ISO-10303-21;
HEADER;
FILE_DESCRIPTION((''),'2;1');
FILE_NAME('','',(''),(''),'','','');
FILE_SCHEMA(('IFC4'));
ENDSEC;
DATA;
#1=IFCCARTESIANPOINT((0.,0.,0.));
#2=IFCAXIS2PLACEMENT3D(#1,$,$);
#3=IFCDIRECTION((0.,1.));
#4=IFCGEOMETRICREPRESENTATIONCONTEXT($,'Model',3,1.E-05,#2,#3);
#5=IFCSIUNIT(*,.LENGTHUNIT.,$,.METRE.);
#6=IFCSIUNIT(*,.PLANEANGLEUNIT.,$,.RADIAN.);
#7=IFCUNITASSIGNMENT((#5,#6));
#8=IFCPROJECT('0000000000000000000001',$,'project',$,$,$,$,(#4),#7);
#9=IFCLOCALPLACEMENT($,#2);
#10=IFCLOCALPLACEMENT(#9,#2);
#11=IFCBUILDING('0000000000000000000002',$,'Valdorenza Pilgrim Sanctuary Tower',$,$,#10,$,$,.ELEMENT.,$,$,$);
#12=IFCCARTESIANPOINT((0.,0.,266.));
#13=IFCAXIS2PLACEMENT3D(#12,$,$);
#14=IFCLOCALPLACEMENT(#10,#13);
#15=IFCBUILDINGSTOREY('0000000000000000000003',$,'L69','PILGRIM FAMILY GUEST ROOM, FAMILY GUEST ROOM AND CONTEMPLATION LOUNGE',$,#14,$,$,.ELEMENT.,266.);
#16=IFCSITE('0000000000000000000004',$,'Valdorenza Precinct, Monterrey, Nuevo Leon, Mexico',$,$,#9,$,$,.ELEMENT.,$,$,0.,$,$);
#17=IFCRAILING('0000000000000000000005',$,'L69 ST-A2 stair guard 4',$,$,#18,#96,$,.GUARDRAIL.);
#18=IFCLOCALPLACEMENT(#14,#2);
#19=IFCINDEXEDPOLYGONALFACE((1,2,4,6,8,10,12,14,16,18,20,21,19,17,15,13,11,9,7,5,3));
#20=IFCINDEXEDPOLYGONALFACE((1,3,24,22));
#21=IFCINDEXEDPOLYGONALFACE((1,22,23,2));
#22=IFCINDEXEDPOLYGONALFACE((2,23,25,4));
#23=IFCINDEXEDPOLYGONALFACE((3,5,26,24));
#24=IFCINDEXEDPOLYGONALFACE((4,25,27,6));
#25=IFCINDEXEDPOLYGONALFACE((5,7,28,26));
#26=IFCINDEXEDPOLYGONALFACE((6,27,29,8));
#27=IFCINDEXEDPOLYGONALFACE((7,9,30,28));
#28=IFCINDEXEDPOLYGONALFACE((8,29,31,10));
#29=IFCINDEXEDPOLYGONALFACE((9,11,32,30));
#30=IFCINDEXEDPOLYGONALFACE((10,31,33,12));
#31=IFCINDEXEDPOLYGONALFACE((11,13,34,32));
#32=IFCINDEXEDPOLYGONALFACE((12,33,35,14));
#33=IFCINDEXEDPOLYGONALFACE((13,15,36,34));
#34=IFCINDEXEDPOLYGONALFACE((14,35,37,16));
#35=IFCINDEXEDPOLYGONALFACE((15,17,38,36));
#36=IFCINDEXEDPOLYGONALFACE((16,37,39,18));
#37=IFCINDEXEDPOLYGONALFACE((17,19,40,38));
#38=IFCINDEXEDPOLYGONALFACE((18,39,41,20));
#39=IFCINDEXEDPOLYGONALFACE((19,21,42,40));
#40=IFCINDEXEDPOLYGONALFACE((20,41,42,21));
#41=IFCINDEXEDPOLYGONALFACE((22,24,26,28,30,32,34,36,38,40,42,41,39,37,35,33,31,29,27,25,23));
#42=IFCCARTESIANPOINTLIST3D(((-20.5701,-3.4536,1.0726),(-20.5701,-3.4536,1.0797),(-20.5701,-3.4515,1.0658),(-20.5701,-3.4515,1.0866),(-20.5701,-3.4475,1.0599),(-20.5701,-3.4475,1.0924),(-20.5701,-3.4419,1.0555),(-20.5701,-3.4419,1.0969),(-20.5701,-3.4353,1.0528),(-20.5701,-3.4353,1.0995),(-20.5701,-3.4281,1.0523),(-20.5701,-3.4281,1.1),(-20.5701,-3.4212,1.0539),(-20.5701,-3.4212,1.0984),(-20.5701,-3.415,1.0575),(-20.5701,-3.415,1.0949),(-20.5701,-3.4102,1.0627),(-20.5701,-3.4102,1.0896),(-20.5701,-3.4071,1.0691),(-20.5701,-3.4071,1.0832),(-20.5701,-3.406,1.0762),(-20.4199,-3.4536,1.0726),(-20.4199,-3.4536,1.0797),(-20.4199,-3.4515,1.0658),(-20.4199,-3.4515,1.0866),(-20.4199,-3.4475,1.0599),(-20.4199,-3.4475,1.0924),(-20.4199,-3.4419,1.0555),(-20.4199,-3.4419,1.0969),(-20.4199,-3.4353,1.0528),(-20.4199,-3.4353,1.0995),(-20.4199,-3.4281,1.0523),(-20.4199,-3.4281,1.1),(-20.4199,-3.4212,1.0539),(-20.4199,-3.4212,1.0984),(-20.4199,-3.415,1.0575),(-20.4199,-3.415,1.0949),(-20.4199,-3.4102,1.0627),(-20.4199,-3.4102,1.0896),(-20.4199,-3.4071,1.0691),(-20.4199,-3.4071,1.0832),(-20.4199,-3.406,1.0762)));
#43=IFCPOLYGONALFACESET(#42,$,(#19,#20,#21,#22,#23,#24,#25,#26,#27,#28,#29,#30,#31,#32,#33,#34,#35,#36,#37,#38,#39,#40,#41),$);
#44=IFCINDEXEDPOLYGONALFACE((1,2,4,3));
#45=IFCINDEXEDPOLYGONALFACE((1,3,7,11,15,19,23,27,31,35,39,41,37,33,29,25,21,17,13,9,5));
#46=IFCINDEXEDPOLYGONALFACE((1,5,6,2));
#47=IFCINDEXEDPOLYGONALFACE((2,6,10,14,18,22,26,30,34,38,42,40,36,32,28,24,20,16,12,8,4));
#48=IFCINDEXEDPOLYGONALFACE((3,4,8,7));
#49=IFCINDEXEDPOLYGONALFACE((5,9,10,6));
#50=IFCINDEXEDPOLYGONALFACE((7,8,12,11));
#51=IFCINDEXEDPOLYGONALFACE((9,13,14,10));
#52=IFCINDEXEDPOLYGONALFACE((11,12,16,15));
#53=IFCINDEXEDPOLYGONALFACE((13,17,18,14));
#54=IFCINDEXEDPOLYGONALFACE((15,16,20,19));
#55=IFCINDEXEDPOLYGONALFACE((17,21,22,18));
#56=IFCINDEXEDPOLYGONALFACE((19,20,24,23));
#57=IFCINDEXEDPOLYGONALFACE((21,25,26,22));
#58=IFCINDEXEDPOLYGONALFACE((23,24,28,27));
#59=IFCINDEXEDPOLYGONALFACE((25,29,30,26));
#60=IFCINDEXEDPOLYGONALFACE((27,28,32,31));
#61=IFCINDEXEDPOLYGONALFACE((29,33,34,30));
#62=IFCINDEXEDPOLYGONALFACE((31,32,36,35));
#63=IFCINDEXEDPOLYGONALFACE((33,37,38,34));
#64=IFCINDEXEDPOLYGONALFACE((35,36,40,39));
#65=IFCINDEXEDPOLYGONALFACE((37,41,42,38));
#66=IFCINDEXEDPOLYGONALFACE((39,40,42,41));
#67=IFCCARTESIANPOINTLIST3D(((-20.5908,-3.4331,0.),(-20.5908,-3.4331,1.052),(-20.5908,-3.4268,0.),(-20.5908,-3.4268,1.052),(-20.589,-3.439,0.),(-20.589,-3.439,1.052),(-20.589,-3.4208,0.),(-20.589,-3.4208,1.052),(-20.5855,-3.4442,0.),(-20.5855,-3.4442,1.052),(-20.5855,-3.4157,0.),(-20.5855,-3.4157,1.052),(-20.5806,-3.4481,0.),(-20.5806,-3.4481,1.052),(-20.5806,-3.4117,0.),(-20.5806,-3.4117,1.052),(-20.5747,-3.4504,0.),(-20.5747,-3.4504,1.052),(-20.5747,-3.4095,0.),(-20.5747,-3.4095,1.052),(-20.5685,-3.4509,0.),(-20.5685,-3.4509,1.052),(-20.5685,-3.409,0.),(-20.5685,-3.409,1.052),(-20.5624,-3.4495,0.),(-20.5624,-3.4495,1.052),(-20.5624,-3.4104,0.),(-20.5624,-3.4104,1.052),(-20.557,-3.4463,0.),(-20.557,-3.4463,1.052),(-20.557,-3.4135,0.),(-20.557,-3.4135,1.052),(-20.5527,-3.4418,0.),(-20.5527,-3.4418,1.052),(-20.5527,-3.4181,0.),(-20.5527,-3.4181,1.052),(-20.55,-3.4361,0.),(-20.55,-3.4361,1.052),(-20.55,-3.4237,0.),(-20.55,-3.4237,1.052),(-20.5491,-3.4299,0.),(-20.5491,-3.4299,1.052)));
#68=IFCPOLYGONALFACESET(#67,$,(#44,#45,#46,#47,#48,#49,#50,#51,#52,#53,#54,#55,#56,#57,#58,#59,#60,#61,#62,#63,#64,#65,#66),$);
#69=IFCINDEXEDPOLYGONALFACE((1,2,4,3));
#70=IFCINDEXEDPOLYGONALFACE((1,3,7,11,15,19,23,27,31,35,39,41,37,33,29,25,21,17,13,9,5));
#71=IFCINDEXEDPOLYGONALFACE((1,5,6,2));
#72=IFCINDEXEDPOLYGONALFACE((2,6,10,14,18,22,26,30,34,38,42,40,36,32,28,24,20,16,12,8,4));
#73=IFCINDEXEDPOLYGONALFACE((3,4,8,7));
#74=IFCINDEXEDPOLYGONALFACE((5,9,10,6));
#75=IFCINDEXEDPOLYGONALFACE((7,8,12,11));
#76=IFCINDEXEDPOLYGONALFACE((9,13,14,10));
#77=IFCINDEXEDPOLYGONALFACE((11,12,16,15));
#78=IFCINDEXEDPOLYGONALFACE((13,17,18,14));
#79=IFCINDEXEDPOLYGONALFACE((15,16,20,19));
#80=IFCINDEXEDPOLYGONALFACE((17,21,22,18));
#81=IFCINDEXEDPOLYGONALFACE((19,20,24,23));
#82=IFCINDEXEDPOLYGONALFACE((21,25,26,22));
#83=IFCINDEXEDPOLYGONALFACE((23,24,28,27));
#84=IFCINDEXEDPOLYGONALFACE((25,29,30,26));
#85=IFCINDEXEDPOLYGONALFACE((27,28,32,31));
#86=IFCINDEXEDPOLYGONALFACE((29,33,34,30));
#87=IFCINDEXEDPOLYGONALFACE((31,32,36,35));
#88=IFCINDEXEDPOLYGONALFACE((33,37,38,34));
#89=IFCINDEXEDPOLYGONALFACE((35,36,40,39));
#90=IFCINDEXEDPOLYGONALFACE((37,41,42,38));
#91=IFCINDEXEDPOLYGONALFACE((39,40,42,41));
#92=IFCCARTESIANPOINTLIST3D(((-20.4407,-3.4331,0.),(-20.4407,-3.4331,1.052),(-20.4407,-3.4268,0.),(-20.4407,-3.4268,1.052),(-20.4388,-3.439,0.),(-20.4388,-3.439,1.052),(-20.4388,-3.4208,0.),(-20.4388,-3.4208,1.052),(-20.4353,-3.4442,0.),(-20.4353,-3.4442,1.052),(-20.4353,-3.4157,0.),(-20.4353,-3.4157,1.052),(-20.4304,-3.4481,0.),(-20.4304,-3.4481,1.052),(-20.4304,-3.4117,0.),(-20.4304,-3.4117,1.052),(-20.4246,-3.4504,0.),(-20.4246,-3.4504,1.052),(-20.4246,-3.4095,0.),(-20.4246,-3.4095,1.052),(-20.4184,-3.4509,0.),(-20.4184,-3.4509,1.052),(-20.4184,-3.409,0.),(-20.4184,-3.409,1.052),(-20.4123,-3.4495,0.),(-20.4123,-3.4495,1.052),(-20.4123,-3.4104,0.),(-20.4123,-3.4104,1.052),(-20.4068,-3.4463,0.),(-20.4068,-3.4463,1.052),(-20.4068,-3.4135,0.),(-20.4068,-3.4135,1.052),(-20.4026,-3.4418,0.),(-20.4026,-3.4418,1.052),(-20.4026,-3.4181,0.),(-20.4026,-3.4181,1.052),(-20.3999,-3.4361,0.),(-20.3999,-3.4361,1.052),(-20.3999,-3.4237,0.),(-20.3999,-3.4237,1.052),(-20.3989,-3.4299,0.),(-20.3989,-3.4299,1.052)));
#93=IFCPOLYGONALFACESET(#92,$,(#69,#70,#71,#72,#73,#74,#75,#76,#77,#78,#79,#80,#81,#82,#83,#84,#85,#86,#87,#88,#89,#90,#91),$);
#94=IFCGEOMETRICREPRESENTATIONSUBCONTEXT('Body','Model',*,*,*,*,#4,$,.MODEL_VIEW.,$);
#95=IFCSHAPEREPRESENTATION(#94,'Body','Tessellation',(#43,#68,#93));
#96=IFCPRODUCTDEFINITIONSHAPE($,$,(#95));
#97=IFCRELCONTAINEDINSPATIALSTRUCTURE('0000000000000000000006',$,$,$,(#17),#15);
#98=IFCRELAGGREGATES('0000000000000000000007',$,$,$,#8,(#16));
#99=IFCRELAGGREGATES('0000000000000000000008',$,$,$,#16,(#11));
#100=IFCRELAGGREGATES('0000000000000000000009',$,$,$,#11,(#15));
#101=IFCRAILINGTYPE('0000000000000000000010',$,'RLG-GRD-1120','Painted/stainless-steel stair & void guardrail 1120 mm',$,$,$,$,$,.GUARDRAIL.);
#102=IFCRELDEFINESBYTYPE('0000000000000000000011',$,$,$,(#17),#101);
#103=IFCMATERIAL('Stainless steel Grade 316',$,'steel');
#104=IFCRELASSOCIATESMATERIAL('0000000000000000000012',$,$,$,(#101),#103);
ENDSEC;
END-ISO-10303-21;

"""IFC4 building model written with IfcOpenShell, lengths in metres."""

from ifc_helpers import new_model, si_unit, direction, frame, origin, origin_2d, place, context, subcontext, project, spatial, circle, extrude, material, type_object, element, save


model = new_model("IFC4")

# Units and contexts
model_context = context("Model", 3, precision=1e-05, world=origin(), true_north=direction((0.0, 1.0)))
body_context = subcontext(model_context, "Body", "Model", "MODEL_VIEW")
ifc_project = project(units=[si_unit("LENGTHUNIT", "METRE"), si_unit("PLANEANGLEUNIT", "RADIAN")], contexts=[model_context])

# Site, building, storey
site_placement = place(None, origin())
site = spatial("IfcSite", under=ifc_project, at=site_placement, Name="Valdorenza Precinct, Monterrey, Nuevo Leon, Mexico", CompositionType="ELEMENT", RefElevation=0.0)
building_placement = place(site_placement, origin())
building = spatial("IfcBuilding", under=site, at=building_placement, Name="Valdorenza Pilgrim Sanctuary Tower", CompositionType="ELEMENT")
storey_placement = place(building_placement, frame((0.0, 0.0, 266.0)))
storey = spatial("IfcBuildingStorey", under=building, at=storey_placement, Name="L69", Description="PILGRIM FAMILY GUEST ROOM, FAMILY GUEST ROOM AND CONTEMPLATION LOUNGE", CompositionType="ELEMENT", Elevation=266.0)

# Railing
ifc_material_1 = material(Name="Stainless steel Grade 316", Category="steel")
railing_type_1 = type_object("IfcRailingType", Name="RLG-GRD-1120", Description="Painted/stainless-steel stair & void guardrail 1120 mm", PredefinedType="GUARDRAIL", material=ifc_material_1)
railing_1_placement = place(storey_placement, frame((-20.5701, -3.4299, 0.0)))
element("IfcRailing", 1, at=railing_1_placement, inside=storey, type_object=railing_type_1, Name="L69 ST-A2 stair guard 4", PredefinedType="GUARDRAIL", context=body_context, shape_type="SweptSolid", body=[
    extrude(circle(Radius=0.0239, at=origin_2d()), frame((0.0, 0.0, 1.0762), z_axis=(1.0, 0.0, 0.0), x_axis=(0.0, 1.0, 0.0)), (0.0, 0.0, 1.0), 0.1501),
    extrude(circle(Radius=0.021, at=origin_2d()), origin(), (0.0, 0.0, 1.0), 1.052),
    extrude(circle(Radius=0.021, at=origin_2d()), frame((0.1501, 0.0, 0.0)), (0.0, 0.0, 1.0), 1.052),
])

save(model, "model.ifc")
